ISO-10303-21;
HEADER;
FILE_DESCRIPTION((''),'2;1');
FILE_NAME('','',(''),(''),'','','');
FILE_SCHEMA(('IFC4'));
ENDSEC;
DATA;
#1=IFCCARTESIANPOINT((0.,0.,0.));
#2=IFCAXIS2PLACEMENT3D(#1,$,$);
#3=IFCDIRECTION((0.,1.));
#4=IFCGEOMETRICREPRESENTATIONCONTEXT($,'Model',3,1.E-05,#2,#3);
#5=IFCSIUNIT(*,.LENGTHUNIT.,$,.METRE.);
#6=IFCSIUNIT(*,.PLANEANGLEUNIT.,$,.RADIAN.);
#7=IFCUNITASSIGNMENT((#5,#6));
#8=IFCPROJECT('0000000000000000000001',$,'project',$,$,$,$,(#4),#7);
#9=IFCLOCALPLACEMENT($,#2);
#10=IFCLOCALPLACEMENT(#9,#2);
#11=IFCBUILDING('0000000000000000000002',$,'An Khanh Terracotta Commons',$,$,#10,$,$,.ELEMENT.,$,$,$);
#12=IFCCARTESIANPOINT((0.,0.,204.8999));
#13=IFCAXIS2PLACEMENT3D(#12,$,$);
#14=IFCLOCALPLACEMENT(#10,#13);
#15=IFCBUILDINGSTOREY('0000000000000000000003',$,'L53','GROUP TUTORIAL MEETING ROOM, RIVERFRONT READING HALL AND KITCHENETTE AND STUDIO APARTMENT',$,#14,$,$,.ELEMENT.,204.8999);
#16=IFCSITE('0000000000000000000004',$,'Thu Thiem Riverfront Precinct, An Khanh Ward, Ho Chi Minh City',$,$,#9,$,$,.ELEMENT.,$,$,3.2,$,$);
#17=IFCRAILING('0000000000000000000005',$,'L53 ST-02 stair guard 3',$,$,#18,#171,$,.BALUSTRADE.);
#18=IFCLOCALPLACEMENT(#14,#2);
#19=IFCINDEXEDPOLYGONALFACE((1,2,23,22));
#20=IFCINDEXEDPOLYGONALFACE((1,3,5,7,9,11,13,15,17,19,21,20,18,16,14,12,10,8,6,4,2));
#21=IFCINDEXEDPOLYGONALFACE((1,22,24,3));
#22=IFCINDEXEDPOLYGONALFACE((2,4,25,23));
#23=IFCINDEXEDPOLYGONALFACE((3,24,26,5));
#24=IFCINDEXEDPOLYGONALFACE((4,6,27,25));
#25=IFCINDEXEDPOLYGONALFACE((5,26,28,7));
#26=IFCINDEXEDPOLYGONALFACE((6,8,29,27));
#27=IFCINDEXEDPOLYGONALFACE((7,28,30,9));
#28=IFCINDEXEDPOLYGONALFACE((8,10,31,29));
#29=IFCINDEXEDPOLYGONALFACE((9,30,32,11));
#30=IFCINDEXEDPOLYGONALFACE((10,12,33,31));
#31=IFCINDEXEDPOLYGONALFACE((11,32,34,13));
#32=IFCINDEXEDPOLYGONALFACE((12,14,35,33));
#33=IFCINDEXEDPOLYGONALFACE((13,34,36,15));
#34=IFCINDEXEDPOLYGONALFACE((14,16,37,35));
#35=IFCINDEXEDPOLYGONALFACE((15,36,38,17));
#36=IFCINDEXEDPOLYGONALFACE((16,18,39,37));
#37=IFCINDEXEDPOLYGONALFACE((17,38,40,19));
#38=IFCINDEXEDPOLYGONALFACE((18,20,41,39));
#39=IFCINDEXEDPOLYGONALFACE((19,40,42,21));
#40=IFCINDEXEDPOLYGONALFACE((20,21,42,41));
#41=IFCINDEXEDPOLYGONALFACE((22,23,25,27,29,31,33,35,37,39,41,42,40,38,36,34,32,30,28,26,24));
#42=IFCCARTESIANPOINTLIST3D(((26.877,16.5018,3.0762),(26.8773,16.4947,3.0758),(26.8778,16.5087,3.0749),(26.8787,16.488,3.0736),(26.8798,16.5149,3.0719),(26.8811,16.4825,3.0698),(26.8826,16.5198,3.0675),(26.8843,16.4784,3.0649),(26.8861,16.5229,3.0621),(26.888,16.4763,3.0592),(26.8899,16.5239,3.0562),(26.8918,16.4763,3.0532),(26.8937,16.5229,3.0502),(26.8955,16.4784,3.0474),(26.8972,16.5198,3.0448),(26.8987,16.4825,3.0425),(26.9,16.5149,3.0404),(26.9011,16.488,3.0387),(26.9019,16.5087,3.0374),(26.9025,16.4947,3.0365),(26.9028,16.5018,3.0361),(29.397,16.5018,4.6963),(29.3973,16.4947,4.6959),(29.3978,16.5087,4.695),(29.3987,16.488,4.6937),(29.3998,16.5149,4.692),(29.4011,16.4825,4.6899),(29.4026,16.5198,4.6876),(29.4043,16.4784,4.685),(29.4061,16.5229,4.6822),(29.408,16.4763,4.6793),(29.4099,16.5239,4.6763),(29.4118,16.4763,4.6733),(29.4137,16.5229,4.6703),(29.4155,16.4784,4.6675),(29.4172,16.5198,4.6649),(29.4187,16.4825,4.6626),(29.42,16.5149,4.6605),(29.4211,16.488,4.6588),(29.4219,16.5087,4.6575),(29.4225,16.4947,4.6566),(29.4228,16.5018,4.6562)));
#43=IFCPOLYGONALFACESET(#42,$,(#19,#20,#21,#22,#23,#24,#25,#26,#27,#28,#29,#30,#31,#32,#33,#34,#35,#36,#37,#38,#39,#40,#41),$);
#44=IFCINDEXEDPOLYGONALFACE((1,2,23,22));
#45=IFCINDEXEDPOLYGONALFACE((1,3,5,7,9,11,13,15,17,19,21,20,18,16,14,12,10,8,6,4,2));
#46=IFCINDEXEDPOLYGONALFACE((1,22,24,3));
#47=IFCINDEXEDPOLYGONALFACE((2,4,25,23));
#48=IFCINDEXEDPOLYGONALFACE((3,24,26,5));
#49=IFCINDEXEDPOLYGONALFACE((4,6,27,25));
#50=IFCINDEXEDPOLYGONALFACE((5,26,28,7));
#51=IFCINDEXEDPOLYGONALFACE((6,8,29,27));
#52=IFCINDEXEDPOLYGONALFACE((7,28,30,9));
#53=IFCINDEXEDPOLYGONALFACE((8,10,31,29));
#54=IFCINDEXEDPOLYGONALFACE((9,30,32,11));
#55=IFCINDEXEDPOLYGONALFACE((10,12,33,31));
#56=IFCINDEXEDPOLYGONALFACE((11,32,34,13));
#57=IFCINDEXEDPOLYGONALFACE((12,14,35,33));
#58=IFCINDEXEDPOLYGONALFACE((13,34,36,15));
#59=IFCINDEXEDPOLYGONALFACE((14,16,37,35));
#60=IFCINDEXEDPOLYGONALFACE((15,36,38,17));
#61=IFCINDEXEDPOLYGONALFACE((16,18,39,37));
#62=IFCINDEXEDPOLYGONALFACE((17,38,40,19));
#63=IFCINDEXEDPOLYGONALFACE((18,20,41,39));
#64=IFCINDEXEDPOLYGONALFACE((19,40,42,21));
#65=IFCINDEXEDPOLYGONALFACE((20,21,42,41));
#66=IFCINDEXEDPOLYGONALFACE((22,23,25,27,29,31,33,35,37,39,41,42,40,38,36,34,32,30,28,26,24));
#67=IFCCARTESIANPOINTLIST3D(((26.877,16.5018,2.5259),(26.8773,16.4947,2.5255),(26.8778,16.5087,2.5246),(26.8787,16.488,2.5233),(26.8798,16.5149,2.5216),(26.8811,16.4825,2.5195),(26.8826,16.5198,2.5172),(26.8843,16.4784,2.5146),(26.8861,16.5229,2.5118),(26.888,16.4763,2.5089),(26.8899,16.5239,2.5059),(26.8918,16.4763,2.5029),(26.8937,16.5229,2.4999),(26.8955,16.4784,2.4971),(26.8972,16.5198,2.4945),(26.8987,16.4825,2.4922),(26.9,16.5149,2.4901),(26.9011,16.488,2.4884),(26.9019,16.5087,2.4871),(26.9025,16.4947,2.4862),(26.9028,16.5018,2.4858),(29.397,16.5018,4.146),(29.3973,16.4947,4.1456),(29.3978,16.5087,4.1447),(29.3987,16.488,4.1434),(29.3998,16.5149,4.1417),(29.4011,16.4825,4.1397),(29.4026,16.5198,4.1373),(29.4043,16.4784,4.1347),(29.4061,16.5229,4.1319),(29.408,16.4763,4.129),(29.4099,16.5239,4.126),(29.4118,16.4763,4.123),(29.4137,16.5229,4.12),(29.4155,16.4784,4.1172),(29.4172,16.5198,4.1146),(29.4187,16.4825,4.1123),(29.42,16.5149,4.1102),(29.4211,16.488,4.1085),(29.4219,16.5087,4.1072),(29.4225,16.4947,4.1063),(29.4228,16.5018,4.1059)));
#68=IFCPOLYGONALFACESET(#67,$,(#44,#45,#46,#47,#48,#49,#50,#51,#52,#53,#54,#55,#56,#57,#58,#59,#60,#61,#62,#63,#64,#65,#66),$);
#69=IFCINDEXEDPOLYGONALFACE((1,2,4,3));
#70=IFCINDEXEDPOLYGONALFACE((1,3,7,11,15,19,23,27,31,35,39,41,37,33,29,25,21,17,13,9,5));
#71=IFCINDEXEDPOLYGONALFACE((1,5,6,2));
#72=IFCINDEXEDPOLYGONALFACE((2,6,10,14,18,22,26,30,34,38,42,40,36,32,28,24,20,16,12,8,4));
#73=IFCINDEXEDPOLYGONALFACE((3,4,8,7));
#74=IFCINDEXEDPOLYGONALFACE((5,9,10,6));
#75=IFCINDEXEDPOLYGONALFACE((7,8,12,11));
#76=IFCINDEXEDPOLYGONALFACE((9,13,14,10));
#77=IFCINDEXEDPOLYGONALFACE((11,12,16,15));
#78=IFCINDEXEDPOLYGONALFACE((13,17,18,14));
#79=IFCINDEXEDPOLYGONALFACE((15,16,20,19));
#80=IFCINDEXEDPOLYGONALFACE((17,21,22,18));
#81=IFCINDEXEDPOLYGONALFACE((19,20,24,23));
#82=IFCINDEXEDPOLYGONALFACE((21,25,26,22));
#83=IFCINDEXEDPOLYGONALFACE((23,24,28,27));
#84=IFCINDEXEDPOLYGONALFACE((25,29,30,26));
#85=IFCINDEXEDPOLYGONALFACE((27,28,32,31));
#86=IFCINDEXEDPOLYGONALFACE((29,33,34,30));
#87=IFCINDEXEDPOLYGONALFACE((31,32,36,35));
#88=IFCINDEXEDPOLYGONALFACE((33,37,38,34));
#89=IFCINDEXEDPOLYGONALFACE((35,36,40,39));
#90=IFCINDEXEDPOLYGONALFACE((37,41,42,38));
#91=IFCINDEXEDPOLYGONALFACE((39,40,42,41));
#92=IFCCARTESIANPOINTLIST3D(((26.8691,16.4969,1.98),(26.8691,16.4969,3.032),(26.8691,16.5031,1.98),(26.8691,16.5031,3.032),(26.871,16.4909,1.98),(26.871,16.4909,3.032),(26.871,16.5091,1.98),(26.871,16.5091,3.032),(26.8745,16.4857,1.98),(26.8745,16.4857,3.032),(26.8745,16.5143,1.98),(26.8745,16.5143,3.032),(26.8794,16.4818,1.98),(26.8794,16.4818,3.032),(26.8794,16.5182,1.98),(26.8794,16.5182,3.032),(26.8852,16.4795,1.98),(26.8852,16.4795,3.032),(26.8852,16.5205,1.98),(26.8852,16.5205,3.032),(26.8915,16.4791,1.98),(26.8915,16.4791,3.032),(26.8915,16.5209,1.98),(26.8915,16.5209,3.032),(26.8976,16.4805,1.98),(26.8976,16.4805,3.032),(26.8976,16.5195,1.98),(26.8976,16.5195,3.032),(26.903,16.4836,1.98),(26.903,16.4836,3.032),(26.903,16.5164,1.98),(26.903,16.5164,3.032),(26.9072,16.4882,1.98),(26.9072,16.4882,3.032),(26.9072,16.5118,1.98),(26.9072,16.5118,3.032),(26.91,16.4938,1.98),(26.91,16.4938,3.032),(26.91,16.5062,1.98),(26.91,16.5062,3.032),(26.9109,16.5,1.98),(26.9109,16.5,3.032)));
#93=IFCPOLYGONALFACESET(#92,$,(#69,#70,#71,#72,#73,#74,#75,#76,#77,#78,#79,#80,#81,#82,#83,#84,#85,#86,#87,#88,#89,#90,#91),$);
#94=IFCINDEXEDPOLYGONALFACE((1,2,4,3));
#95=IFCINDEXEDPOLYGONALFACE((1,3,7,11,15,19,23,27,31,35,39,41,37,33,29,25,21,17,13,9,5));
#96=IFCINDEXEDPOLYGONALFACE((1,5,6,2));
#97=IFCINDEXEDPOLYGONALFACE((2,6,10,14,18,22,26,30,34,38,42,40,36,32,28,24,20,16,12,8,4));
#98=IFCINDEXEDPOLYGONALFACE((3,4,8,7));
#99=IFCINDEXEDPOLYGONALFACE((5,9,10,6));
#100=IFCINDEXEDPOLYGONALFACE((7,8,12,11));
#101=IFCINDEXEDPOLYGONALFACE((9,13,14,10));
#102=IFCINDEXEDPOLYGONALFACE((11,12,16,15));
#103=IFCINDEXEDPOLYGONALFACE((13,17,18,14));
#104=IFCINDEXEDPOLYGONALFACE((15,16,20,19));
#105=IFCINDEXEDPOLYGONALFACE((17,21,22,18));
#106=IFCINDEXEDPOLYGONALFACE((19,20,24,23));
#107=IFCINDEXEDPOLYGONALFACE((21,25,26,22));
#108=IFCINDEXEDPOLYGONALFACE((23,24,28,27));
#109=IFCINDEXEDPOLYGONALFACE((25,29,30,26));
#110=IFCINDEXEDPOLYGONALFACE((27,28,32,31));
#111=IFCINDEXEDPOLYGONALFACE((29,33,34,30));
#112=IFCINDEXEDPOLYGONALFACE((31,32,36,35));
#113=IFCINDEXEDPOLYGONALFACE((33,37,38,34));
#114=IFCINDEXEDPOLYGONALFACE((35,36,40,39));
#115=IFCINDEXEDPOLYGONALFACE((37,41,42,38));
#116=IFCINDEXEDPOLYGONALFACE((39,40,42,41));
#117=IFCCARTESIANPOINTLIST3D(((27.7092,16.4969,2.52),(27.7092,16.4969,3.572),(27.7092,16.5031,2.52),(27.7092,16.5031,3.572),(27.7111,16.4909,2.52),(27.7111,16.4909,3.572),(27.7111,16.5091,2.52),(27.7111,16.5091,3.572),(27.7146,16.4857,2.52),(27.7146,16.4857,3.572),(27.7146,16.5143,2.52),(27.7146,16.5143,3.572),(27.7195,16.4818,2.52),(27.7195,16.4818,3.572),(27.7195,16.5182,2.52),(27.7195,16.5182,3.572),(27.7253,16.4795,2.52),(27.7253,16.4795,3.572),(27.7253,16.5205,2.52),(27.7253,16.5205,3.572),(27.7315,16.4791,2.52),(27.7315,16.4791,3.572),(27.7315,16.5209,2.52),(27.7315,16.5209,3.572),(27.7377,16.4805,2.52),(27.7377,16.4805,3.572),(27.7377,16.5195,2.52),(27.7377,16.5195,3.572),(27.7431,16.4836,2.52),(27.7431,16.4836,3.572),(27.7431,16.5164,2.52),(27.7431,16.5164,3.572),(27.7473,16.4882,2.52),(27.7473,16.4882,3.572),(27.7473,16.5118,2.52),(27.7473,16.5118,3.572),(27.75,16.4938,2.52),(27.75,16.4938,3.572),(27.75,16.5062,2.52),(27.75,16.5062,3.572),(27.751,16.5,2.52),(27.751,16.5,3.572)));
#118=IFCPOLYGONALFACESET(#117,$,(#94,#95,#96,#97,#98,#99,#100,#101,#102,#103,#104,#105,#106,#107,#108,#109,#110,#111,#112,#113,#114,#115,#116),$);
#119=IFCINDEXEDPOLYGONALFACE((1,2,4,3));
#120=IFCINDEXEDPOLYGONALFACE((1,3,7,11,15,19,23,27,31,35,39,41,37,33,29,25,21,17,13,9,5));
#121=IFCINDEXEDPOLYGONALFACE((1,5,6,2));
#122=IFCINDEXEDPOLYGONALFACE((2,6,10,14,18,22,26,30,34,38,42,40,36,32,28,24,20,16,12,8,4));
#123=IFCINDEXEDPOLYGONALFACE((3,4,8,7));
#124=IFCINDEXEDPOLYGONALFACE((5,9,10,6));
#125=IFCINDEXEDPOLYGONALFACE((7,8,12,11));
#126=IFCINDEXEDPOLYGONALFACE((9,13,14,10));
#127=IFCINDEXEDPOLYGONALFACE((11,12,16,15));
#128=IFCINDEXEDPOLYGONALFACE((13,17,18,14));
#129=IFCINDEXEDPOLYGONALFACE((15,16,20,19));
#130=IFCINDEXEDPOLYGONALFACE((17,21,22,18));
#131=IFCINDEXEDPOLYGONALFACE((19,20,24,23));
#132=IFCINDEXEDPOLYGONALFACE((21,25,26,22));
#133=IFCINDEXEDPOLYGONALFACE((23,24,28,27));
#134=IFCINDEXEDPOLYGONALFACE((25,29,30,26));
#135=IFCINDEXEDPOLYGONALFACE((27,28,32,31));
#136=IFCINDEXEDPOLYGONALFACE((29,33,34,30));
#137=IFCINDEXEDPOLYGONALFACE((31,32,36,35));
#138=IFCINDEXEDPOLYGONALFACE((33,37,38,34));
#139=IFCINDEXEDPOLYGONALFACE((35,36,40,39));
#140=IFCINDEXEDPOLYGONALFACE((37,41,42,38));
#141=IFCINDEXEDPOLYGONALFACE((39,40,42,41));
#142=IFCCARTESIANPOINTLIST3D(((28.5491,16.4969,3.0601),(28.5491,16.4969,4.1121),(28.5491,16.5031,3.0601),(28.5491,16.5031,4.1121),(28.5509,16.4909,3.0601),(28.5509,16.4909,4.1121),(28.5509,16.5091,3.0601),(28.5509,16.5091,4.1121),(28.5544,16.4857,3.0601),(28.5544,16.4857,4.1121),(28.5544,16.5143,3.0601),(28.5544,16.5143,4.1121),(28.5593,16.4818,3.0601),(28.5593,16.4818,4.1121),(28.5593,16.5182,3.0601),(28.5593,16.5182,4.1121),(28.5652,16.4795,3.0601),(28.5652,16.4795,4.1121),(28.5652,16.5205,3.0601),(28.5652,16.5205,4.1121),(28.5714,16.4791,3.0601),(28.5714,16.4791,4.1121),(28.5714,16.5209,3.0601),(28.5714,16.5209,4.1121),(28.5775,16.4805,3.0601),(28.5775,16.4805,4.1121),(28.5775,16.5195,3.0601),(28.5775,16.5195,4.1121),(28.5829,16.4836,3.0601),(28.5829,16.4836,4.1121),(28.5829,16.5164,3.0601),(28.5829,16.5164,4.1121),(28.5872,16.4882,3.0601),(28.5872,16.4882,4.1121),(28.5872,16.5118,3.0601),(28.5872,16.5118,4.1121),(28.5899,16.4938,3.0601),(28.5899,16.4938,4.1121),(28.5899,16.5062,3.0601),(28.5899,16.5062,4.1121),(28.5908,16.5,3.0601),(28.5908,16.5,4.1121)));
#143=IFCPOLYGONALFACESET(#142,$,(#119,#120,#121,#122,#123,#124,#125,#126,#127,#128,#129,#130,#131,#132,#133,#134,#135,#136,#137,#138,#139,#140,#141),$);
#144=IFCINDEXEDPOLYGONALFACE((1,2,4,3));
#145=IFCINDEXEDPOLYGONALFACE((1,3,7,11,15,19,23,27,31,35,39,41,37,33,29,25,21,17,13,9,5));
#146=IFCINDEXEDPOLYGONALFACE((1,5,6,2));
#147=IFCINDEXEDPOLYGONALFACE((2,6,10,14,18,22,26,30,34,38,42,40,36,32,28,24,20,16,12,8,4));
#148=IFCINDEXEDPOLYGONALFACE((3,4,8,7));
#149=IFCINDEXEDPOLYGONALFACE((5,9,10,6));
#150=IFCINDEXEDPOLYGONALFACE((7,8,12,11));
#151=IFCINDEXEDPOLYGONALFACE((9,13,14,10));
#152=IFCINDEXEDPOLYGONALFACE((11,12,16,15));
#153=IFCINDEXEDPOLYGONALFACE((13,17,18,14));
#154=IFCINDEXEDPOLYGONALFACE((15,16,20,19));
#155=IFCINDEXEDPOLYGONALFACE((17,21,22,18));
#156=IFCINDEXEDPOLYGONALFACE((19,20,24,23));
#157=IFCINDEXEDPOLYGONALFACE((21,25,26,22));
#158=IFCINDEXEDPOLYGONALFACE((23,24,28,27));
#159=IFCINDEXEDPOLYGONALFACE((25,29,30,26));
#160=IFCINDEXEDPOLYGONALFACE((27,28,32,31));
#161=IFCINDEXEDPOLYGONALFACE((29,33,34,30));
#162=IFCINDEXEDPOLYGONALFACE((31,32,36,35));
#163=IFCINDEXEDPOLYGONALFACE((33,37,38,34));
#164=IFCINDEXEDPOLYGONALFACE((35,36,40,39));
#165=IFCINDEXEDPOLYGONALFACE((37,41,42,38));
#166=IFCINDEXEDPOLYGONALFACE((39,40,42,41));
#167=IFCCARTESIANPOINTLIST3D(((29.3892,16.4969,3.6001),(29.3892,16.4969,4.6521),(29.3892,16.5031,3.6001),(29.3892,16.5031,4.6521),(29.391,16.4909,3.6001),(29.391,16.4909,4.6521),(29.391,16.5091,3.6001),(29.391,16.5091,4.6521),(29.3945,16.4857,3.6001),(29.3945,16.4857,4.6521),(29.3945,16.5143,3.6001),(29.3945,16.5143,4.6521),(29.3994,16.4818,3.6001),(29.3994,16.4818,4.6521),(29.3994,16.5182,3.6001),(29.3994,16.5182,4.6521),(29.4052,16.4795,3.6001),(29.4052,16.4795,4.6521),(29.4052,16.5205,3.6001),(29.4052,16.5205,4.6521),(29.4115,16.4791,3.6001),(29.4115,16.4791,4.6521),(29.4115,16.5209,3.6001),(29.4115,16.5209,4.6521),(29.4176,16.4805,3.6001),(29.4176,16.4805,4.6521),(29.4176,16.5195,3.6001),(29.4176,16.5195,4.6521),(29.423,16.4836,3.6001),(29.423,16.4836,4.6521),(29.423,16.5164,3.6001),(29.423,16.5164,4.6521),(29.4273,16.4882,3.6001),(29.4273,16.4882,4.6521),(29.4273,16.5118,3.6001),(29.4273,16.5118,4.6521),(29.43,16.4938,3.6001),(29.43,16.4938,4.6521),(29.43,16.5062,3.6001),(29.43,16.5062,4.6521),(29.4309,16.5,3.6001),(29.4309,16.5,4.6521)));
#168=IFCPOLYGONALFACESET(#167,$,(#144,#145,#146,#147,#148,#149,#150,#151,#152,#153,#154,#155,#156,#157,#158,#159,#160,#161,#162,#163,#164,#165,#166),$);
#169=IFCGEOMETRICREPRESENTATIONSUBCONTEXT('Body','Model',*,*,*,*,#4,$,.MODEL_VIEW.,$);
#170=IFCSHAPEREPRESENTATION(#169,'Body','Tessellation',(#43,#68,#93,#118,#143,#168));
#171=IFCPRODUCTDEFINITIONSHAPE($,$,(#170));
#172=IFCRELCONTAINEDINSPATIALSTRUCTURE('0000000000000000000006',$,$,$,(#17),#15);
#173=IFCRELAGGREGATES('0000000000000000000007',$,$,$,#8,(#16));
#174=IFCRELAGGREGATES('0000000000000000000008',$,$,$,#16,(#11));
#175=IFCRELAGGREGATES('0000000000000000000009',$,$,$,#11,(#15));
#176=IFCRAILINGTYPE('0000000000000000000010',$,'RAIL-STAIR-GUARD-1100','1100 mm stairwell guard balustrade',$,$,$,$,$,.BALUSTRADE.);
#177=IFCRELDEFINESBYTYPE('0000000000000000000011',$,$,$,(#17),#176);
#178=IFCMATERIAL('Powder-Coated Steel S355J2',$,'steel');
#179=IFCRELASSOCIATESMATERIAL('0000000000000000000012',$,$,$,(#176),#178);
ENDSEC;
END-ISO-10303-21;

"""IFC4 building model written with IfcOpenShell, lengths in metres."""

from ifc_helpers import new_model, si_unit, direction, frame, origin, origin_2d, place, context, subcontext, project, spatial, circle, extrude, material, type_object, element, save


model = new_model("IFC4")

# Units and contexts
model_context = context("Model", 3, precision=1e-05, world=origin(), true_north=direction((0.0, 1.0)))
body_context = subcontext(model_context, "Body", "Model", "MODEL_VIEW")
ifc_project = project(units=[si_unit("LENGTHUNIT", "METRE"), si_unit("PLANEANGLEUNIT", "RADIAN")], contexts=[model_context])

# Site, building, storey
site_placement = place(None, origin())
site = spatial("IfcSite", under=ifc_project, at=site_placement, Name="Thu Thiem Riverfront Precinct, An Khanh Ward, Ho Chi Minh City", CompositionType="ELEMENT", RefElevation=3.2)
building_placement = place(site_placement, origin())
building = spatial("IfcBuilding", under=site, at=building_placement, Name="An Khanh Terracotta Commons", CompositionType="ELEMENT")
storey_placement = place(building_placement, frame((0.0, 0.0, 204.8999)))
storey = spatial("IfcBuildingStorey", under=building, at=storey_placement, Name="L53", Description="GROUP TUTORIAL MEETING ROOM, RIVERFRONT READING HALL AND KITCHENETTE AND STUDIO APARTMENT", CompositionType="ELEMENT", Elevation=204.8999)

# Railing
ifc_material_1 = material(Name="Powder-Coated Steel S355J2", Category="steel")
railing_type_1 = type_object("IfcRailingType", Name="RAIL-STAIR-GUARD-1100", Description="1100 mm stairwell guard balustrade", PredefinedType="BALUSTRADE", material=ifc_material_1)
railing_1_placement = place(storey_placement, frame((26.8899, 16.5, 1.98)))
element("IfcRailing", 1, at=railing_1_placement, inside=storey, type_object=railing_type_1, Name="L53 ST-02 stair guard 3", PredefinedType="BALUSTRADE", context=body_context, shape_type="SweptSolid", body=[
    extrude(circle(Radius=0.0239, at=origin_2d()), frame((0.0, 0.0, 1.0762), z_axis=(0.841163, 0.0, 0.540782), x_axis=(0.0, 1.0, 0.0)), (0.0, 0.0, 1.0), 2.9958),
    extrude(circle(Radius=0.0239, at=origin_2d()), frame((0.0, 0.0, 0.5259), z_axis=(0.841163, 0.0, 0.540782), x_axis=(0.0, 1.0, 0.0)), (0.0, 0.0, 1.0), 2.9958),
    extrude(circle(Radius=0.021, at=origin_2d()), origin(), (0.0, 0.0, 1.0), 1.052),
    extrude(circle(Radius=0.021, at=origin_2d()), frame((0.8401, 0.0, 0.54)), (0.0, 0.0, 1.0), 1.052),
    extrude(circle(Radius=0.021, at=origin_2d()), frame((1.6799, 0.0, 1.0801)), (0.0, 0.0, 1.0), 1.052),
    extrude(circle(Radius=0.021, at=origin_2d()), frame((2.52, 0.0, 1.6201)), (0.0, 0.0, 1.0), 1.052),
])

save(model, "model.ifc")
